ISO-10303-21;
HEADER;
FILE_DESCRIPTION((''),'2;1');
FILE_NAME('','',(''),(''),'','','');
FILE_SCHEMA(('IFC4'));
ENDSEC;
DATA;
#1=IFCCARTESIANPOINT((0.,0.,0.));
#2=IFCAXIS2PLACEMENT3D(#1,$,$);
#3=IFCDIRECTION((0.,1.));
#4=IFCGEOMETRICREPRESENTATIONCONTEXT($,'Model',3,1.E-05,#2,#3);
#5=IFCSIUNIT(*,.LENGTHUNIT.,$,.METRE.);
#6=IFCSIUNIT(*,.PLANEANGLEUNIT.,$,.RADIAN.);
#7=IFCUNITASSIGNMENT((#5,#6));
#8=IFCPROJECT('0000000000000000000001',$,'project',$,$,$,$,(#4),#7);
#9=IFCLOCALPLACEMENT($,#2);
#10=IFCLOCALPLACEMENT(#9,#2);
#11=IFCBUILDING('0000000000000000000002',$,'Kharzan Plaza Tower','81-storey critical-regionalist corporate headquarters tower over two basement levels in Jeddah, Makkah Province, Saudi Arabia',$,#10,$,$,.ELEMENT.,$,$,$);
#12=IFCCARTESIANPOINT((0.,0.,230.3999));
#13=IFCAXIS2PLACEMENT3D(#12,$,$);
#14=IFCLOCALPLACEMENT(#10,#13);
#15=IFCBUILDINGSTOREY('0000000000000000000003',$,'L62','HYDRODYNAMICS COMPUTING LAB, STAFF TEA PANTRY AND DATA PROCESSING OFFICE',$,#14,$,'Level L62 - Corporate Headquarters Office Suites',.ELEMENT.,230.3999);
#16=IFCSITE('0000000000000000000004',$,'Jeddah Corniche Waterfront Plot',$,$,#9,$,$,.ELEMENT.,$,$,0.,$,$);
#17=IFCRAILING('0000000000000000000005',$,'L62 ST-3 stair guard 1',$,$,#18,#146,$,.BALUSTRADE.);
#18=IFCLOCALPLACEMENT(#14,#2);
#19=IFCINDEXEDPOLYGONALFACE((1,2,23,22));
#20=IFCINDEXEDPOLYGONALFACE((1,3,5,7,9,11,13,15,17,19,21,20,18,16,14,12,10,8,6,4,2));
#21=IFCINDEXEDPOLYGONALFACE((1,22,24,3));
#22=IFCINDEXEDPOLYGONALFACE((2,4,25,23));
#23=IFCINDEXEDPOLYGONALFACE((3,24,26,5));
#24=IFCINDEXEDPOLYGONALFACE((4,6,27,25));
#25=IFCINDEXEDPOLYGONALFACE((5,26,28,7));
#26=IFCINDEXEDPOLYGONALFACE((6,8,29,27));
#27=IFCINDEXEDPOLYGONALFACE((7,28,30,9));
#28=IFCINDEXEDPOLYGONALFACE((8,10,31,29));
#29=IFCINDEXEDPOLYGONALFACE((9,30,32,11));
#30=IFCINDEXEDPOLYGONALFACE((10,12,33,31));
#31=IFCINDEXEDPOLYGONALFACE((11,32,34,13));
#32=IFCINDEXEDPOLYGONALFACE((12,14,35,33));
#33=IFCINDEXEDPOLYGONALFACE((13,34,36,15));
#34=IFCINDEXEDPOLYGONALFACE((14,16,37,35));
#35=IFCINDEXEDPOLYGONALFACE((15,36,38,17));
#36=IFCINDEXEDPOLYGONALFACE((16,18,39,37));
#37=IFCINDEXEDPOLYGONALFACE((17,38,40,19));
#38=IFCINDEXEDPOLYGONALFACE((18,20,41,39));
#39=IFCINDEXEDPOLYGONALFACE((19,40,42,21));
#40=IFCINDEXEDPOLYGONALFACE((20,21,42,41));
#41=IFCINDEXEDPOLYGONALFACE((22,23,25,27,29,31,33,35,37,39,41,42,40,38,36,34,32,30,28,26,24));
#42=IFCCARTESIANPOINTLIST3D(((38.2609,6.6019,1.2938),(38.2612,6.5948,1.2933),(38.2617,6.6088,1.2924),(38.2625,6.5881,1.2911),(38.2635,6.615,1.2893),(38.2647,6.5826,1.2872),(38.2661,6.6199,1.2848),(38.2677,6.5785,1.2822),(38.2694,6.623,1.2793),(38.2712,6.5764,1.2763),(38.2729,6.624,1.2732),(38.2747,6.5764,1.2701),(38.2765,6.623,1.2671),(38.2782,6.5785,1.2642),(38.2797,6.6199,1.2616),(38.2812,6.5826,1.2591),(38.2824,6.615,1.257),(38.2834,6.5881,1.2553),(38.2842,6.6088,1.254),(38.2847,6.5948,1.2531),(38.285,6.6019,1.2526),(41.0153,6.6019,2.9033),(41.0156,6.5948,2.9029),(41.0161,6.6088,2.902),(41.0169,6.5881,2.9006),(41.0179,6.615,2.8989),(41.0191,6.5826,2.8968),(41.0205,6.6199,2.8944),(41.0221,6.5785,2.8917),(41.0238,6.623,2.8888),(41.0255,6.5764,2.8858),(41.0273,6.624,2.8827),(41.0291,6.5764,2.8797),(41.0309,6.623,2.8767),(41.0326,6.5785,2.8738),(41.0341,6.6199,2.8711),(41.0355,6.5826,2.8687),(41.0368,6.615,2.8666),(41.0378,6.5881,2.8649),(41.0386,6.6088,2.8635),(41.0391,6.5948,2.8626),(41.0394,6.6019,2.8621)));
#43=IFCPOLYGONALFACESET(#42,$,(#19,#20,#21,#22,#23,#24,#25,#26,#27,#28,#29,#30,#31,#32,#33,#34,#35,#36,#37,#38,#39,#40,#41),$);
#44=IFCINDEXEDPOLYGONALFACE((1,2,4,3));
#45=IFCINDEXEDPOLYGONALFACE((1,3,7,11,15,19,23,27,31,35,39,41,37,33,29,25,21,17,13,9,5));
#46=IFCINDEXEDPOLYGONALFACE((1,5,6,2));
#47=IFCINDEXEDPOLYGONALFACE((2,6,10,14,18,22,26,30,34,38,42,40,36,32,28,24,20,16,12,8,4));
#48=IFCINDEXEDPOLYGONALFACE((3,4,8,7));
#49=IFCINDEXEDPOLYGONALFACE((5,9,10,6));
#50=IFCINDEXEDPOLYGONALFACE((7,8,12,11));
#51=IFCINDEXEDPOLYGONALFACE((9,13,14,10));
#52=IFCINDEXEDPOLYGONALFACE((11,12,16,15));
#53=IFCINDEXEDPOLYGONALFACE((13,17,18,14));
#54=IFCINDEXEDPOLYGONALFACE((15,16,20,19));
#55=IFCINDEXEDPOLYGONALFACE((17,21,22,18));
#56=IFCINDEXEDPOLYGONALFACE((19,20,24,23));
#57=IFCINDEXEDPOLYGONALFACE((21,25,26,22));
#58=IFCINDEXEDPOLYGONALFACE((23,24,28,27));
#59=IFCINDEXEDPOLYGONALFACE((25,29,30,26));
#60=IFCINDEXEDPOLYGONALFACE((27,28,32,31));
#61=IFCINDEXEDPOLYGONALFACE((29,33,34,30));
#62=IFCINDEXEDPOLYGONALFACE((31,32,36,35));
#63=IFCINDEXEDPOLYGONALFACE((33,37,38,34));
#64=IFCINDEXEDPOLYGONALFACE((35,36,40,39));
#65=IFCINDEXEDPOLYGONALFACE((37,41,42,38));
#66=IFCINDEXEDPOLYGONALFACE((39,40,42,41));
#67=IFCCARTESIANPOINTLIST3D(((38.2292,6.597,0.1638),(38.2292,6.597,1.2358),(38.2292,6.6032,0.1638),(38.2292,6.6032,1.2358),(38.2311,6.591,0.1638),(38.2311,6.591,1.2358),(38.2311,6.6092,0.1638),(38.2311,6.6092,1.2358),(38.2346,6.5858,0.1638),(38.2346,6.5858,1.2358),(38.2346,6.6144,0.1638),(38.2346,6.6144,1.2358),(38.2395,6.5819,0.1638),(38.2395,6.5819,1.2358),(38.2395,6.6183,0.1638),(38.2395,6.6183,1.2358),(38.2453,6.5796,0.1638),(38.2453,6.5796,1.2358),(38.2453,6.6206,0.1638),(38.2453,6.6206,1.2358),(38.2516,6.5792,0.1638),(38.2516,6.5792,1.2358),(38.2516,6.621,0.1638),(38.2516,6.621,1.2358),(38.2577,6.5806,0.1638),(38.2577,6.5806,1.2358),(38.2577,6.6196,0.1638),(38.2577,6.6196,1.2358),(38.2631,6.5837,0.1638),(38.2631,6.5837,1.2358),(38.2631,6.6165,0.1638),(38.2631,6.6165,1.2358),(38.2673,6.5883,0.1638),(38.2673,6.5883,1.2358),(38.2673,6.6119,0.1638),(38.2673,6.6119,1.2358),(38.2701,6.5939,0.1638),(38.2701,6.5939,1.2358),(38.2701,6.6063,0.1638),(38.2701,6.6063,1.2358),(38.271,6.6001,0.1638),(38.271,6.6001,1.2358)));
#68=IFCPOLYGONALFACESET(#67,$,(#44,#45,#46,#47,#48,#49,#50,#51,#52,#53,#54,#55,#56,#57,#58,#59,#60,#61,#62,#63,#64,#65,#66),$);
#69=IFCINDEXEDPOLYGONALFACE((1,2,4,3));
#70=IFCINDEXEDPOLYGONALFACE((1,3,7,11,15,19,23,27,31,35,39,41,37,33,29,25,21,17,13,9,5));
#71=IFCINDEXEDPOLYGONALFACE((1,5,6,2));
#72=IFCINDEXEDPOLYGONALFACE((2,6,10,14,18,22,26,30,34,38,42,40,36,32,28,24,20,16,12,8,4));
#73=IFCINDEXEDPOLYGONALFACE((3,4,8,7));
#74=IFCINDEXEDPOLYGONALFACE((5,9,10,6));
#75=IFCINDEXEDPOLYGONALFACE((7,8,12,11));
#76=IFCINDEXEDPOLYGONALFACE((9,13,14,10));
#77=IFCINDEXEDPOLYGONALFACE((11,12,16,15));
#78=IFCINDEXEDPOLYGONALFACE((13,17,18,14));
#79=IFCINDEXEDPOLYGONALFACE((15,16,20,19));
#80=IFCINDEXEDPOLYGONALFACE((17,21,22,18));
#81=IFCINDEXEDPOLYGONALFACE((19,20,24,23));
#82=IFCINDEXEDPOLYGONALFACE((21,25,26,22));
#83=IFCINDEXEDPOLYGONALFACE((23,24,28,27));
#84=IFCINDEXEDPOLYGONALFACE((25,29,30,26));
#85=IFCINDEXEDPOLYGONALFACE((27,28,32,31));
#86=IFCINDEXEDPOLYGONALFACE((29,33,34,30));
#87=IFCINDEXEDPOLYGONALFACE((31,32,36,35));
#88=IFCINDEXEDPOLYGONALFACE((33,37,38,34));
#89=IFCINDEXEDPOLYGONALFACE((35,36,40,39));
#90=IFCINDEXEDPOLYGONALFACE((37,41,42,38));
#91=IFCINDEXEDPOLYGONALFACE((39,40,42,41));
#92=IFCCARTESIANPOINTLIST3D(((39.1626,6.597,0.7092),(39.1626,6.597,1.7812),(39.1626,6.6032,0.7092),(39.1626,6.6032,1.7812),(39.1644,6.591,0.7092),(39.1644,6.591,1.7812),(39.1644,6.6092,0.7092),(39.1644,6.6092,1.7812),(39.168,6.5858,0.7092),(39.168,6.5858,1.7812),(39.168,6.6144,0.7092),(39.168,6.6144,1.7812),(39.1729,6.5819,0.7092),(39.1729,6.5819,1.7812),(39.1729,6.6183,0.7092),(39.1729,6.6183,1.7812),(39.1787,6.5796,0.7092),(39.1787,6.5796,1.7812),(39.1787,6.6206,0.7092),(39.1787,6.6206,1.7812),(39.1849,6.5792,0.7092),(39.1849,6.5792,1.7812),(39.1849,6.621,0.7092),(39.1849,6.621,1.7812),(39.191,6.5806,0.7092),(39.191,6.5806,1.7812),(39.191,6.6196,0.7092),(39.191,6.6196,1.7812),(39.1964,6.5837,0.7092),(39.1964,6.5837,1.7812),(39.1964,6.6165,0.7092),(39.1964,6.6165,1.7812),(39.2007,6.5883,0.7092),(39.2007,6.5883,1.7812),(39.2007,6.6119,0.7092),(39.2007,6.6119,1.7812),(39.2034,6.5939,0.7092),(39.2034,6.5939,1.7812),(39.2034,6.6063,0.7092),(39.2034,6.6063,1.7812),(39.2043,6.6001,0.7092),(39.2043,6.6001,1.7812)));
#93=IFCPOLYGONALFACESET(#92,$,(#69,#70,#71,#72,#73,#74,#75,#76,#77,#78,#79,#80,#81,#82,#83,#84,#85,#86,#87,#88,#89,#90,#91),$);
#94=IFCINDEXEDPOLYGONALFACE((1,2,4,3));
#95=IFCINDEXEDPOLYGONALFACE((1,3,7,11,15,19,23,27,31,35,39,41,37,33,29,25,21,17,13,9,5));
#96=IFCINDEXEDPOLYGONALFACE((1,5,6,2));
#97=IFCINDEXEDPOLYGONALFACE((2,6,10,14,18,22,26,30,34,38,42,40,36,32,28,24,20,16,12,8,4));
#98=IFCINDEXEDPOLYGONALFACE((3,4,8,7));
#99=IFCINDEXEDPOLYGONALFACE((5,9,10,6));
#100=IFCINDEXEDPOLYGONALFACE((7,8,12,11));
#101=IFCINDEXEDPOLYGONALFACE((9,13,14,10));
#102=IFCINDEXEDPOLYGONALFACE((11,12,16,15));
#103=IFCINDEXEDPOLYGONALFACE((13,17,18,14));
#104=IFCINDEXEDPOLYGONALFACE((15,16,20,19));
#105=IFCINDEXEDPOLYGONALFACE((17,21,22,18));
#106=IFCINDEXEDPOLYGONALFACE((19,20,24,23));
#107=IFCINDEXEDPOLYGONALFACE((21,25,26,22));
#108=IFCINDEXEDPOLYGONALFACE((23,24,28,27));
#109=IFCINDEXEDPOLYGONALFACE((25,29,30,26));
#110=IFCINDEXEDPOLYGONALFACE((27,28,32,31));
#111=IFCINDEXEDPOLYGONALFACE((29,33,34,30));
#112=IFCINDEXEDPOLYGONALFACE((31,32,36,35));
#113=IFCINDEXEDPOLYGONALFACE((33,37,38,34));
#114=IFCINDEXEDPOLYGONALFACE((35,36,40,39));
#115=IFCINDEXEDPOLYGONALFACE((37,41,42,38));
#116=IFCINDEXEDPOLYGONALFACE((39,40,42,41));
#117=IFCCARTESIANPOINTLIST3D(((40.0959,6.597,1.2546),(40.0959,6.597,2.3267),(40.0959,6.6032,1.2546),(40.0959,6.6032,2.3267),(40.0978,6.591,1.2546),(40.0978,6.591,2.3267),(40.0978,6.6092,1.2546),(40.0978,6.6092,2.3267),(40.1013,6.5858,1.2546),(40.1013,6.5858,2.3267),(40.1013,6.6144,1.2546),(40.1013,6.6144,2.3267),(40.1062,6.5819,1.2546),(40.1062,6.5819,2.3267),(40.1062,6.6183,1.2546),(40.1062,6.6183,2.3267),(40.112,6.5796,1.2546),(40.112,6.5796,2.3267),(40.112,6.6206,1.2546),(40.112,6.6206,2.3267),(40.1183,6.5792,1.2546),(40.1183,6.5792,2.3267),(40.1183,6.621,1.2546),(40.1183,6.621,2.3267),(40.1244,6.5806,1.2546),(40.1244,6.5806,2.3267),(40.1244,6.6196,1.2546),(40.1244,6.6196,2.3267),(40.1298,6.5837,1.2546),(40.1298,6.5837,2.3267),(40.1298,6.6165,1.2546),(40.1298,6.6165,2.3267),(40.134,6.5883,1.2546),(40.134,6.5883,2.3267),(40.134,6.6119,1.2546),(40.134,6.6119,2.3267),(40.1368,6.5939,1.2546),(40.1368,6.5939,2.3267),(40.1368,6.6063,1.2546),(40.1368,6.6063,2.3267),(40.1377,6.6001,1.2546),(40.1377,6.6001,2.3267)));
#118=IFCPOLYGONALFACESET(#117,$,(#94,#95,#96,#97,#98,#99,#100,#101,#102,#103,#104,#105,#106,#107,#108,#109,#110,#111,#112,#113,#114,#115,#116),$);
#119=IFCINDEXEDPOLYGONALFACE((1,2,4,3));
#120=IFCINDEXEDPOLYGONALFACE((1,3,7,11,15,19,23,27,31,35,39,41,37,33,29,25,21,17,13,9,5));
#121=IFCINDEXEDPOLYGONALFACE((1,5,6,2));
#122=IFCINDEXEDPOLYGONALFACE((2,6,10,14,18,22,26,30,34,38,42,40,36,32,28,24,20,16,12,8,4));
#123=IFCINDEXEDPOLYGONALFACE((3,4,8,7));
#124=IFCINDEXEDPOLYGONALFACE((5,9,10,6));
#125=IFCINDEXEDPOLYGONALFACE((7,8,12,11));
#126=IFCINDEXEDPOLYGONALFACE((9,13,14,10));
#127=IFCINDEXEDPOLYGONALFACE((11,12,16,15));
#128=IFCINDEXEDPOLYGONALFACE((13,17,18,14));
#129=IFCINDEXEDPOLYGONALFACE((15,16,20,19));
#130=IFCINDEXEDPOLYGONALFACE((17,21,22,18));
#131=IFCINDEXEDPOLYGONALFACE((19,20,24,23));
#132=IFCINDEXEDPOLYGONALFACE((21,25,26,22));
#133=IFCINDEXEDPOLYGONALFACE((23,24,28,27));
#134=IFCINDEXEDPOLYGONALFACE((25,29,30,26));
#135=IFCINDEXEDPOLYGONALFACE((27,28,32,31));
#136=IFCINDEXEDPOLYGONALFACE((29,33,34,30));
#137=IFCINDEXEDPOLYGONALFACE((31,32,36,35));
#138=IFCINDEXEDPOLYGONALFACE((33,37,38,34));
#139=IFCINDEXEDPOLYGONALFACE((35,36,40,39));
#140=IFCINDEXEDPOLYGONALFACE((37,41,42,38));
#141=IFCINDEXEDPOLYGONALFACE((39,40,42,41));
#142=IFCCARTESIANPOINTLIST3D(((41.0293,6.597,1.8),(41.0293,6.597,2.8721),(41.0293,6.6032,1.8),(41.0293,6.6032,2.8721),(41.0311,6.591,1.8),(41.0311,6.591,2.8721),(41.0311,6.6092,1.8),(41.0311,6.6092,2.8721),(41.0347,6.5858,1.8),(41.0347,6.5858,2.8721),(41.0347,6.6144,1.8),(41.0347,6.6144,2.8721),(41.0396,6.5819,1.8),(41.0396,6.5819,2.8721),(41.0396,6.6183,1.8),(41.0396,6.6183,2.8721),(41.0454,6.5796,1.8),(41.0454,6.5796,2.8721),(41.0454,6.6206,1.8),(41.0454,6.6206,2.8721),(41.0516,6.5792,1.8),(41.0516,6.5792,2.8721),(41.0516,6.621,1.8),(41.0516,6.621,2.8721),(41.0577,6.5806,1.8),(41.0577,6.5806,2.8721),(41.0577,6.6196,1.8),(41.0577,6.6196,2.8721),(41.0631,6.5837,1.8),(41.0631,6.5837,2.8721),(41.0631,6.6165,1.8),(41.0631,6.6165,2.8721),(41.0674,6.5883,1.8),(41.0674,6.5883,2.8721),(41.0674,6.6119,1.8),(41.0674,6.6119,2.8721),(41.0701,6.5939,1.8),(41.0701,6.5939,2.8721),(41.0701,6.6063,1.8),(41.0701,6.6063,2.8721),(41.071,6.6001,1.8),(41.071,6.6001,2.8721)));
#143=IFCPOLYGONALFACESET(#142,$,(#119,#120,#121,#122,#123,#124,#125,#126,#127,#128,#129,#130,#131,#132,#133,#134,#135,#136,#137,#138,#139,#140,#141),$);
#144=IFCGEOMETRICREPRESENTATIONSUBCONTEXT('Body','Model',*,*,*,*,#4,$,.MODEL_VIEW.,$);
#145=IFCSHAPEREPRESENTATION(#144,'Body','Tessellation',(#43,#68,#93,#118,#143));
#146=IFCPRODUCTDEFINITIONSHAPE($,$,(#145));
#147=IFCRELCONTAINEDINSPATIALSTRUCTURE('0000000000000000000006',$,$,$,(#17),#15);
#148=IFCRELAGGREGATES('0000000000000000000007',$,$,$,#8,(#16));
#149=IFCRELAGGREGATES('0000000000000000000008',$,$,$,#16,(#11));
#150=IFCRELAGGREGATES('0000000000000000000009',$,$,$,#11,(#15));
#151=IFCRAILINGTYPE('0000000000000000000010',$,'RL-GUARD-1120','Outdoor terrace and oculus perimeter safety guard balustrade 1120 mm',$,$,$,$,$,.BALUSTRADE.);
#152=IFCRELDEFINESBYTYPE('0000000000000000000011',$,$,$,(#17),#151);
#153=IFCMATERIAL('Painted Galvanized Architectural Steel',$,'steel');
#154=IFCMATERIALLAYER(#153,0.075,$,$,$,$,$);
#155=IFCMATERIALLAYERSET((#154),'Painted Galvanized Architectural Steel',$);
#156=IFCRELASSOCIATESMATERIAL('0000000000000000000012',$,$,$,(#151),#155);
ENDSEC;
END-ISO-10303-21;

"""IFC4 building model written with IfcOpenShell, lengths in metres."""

from ifc_helpers import new_model, si_unit, direction, frame, origin, origin_2d, place, context, subcontext, project, spatial, circle, extrude, source, transform, mapped, material, layer, layer_set, type_object, element, save


model = new_model("IFC4")

# Units and contexts
model_context = context("Model", 3, precision=1e-05, world=origin(), true_north=direction((0.0, 1.0)))
body_context = subcontext(model_context, "Body", "Model", "MODEL_VIEW")
ifc_project = project(units=[si_unit("LENGTHUNIT", "METRE"), si_unit("PLANEANGLEUNIT", "RADIAN")], contexts=[model_context])

# Site, building, storey
site_placement = place(None, origin())
site = spatial("IfcSite", under=ifc_project, at=site_placement, Name="Jeddah Corniche Waterfront Plot", CompositionType="ELEMENT", RefElevation=0.0)
building_placement = place(site_placement, origin())
building = spatial("IfcBuilding", under=site, at=building_placement, Name="Kharzan Plaza Tower", Description="81-storey critical-regionalist corporate headquarters tower over two basement levels in Jeddah, Makkah Province, Saudi Arabia", CompositionType="ELEMENT")
storey_placement = place(building_placement, frame((0.0, 0.0, 230.3999)))
storey = spatial("IfcBuildingStorey", under=building, at=storey_placement, Name="L62", Description="HYDRODYNAMICS COMPUTING LAB, STAFF TEA PANTRY AND DATA PROCESSING OFFICE", LongName="Level L62 - Corporate Headquarters Office Suites", CompositionType="ELEMENT", Elevation=230.3999)

# Railing
ifc_material_1 = material(Name="Painted Galvanized Architectural Steel", Category="steel")
ifc_layer_1 = layer(ifc_material_1, 0.075)
ifc_layer_set_1 = layer_set([ifc_layer_1], Name="Painted Galvanized Architectural Steel")
railing_type_1 = type_object("IfcRailingType", Name="RL-GUARD-1120", Description="Outdoor terrace and oculus perimeter safety guard balustrade 1120 mm", PredefinedType="BALUSTRADE", material=ifc_layer_set_1)
shared_shape_1 = source(origin(), body_context, "Body", "SweptSolid", [
    extrude(circle(Radius=0.0239, at=origin_2d()), frame((0.0229, 0.0, 1.1094), z_axis=(0.863394, 0.0, 0.504531), x_axis=(0.0, 1.0, 0.0)), (0.0, 0.0, 1.0), 3.1902),
    extrude(circle(Radius=0.021, at=origin_2d()), origin(), (0.0, 0.0, 1.0), 1.072),
    extrude(circle(Radius=0.021, at=origin_2d()), frame((0.9333, 0.0, 0.5454)), (0.0, 0.0, 1.0), 1.072),
    extrude(circle(Radius=0.021, at=origin_2d()), frame((1.8667, 0.0, 1.0908)), (0.0, 0.0, 1.0), 1.072),
    extrude(circle(Radius=0.021, at=origin_2d()), frame((2.8, 0.0, 1.6362)), (0.0, 0.0, 1.0), 1.072),
])
railing_1_placement = place(storey_placement, frame((38.25, 6.6001, 0.1638)))
element("IfcRailing", 1, at=railing_1_placement, inside=storey, type_object=railing_type_1, Name="L62 ST-3 stair guard 1", PredefinedType="BALUSTRADE", context=body_context, shape_type="MappedRepresentation", body=[
    mapped(shared_shape_1, transform((0.0, 0.0, 0.0), x_axis=(1.0, 0.0, 0.0), y_axis=(0.0, 1.0, 0.0), z_axis=(0.0, 0.0, 1.0))),
])

save(model, "model.ifc")
